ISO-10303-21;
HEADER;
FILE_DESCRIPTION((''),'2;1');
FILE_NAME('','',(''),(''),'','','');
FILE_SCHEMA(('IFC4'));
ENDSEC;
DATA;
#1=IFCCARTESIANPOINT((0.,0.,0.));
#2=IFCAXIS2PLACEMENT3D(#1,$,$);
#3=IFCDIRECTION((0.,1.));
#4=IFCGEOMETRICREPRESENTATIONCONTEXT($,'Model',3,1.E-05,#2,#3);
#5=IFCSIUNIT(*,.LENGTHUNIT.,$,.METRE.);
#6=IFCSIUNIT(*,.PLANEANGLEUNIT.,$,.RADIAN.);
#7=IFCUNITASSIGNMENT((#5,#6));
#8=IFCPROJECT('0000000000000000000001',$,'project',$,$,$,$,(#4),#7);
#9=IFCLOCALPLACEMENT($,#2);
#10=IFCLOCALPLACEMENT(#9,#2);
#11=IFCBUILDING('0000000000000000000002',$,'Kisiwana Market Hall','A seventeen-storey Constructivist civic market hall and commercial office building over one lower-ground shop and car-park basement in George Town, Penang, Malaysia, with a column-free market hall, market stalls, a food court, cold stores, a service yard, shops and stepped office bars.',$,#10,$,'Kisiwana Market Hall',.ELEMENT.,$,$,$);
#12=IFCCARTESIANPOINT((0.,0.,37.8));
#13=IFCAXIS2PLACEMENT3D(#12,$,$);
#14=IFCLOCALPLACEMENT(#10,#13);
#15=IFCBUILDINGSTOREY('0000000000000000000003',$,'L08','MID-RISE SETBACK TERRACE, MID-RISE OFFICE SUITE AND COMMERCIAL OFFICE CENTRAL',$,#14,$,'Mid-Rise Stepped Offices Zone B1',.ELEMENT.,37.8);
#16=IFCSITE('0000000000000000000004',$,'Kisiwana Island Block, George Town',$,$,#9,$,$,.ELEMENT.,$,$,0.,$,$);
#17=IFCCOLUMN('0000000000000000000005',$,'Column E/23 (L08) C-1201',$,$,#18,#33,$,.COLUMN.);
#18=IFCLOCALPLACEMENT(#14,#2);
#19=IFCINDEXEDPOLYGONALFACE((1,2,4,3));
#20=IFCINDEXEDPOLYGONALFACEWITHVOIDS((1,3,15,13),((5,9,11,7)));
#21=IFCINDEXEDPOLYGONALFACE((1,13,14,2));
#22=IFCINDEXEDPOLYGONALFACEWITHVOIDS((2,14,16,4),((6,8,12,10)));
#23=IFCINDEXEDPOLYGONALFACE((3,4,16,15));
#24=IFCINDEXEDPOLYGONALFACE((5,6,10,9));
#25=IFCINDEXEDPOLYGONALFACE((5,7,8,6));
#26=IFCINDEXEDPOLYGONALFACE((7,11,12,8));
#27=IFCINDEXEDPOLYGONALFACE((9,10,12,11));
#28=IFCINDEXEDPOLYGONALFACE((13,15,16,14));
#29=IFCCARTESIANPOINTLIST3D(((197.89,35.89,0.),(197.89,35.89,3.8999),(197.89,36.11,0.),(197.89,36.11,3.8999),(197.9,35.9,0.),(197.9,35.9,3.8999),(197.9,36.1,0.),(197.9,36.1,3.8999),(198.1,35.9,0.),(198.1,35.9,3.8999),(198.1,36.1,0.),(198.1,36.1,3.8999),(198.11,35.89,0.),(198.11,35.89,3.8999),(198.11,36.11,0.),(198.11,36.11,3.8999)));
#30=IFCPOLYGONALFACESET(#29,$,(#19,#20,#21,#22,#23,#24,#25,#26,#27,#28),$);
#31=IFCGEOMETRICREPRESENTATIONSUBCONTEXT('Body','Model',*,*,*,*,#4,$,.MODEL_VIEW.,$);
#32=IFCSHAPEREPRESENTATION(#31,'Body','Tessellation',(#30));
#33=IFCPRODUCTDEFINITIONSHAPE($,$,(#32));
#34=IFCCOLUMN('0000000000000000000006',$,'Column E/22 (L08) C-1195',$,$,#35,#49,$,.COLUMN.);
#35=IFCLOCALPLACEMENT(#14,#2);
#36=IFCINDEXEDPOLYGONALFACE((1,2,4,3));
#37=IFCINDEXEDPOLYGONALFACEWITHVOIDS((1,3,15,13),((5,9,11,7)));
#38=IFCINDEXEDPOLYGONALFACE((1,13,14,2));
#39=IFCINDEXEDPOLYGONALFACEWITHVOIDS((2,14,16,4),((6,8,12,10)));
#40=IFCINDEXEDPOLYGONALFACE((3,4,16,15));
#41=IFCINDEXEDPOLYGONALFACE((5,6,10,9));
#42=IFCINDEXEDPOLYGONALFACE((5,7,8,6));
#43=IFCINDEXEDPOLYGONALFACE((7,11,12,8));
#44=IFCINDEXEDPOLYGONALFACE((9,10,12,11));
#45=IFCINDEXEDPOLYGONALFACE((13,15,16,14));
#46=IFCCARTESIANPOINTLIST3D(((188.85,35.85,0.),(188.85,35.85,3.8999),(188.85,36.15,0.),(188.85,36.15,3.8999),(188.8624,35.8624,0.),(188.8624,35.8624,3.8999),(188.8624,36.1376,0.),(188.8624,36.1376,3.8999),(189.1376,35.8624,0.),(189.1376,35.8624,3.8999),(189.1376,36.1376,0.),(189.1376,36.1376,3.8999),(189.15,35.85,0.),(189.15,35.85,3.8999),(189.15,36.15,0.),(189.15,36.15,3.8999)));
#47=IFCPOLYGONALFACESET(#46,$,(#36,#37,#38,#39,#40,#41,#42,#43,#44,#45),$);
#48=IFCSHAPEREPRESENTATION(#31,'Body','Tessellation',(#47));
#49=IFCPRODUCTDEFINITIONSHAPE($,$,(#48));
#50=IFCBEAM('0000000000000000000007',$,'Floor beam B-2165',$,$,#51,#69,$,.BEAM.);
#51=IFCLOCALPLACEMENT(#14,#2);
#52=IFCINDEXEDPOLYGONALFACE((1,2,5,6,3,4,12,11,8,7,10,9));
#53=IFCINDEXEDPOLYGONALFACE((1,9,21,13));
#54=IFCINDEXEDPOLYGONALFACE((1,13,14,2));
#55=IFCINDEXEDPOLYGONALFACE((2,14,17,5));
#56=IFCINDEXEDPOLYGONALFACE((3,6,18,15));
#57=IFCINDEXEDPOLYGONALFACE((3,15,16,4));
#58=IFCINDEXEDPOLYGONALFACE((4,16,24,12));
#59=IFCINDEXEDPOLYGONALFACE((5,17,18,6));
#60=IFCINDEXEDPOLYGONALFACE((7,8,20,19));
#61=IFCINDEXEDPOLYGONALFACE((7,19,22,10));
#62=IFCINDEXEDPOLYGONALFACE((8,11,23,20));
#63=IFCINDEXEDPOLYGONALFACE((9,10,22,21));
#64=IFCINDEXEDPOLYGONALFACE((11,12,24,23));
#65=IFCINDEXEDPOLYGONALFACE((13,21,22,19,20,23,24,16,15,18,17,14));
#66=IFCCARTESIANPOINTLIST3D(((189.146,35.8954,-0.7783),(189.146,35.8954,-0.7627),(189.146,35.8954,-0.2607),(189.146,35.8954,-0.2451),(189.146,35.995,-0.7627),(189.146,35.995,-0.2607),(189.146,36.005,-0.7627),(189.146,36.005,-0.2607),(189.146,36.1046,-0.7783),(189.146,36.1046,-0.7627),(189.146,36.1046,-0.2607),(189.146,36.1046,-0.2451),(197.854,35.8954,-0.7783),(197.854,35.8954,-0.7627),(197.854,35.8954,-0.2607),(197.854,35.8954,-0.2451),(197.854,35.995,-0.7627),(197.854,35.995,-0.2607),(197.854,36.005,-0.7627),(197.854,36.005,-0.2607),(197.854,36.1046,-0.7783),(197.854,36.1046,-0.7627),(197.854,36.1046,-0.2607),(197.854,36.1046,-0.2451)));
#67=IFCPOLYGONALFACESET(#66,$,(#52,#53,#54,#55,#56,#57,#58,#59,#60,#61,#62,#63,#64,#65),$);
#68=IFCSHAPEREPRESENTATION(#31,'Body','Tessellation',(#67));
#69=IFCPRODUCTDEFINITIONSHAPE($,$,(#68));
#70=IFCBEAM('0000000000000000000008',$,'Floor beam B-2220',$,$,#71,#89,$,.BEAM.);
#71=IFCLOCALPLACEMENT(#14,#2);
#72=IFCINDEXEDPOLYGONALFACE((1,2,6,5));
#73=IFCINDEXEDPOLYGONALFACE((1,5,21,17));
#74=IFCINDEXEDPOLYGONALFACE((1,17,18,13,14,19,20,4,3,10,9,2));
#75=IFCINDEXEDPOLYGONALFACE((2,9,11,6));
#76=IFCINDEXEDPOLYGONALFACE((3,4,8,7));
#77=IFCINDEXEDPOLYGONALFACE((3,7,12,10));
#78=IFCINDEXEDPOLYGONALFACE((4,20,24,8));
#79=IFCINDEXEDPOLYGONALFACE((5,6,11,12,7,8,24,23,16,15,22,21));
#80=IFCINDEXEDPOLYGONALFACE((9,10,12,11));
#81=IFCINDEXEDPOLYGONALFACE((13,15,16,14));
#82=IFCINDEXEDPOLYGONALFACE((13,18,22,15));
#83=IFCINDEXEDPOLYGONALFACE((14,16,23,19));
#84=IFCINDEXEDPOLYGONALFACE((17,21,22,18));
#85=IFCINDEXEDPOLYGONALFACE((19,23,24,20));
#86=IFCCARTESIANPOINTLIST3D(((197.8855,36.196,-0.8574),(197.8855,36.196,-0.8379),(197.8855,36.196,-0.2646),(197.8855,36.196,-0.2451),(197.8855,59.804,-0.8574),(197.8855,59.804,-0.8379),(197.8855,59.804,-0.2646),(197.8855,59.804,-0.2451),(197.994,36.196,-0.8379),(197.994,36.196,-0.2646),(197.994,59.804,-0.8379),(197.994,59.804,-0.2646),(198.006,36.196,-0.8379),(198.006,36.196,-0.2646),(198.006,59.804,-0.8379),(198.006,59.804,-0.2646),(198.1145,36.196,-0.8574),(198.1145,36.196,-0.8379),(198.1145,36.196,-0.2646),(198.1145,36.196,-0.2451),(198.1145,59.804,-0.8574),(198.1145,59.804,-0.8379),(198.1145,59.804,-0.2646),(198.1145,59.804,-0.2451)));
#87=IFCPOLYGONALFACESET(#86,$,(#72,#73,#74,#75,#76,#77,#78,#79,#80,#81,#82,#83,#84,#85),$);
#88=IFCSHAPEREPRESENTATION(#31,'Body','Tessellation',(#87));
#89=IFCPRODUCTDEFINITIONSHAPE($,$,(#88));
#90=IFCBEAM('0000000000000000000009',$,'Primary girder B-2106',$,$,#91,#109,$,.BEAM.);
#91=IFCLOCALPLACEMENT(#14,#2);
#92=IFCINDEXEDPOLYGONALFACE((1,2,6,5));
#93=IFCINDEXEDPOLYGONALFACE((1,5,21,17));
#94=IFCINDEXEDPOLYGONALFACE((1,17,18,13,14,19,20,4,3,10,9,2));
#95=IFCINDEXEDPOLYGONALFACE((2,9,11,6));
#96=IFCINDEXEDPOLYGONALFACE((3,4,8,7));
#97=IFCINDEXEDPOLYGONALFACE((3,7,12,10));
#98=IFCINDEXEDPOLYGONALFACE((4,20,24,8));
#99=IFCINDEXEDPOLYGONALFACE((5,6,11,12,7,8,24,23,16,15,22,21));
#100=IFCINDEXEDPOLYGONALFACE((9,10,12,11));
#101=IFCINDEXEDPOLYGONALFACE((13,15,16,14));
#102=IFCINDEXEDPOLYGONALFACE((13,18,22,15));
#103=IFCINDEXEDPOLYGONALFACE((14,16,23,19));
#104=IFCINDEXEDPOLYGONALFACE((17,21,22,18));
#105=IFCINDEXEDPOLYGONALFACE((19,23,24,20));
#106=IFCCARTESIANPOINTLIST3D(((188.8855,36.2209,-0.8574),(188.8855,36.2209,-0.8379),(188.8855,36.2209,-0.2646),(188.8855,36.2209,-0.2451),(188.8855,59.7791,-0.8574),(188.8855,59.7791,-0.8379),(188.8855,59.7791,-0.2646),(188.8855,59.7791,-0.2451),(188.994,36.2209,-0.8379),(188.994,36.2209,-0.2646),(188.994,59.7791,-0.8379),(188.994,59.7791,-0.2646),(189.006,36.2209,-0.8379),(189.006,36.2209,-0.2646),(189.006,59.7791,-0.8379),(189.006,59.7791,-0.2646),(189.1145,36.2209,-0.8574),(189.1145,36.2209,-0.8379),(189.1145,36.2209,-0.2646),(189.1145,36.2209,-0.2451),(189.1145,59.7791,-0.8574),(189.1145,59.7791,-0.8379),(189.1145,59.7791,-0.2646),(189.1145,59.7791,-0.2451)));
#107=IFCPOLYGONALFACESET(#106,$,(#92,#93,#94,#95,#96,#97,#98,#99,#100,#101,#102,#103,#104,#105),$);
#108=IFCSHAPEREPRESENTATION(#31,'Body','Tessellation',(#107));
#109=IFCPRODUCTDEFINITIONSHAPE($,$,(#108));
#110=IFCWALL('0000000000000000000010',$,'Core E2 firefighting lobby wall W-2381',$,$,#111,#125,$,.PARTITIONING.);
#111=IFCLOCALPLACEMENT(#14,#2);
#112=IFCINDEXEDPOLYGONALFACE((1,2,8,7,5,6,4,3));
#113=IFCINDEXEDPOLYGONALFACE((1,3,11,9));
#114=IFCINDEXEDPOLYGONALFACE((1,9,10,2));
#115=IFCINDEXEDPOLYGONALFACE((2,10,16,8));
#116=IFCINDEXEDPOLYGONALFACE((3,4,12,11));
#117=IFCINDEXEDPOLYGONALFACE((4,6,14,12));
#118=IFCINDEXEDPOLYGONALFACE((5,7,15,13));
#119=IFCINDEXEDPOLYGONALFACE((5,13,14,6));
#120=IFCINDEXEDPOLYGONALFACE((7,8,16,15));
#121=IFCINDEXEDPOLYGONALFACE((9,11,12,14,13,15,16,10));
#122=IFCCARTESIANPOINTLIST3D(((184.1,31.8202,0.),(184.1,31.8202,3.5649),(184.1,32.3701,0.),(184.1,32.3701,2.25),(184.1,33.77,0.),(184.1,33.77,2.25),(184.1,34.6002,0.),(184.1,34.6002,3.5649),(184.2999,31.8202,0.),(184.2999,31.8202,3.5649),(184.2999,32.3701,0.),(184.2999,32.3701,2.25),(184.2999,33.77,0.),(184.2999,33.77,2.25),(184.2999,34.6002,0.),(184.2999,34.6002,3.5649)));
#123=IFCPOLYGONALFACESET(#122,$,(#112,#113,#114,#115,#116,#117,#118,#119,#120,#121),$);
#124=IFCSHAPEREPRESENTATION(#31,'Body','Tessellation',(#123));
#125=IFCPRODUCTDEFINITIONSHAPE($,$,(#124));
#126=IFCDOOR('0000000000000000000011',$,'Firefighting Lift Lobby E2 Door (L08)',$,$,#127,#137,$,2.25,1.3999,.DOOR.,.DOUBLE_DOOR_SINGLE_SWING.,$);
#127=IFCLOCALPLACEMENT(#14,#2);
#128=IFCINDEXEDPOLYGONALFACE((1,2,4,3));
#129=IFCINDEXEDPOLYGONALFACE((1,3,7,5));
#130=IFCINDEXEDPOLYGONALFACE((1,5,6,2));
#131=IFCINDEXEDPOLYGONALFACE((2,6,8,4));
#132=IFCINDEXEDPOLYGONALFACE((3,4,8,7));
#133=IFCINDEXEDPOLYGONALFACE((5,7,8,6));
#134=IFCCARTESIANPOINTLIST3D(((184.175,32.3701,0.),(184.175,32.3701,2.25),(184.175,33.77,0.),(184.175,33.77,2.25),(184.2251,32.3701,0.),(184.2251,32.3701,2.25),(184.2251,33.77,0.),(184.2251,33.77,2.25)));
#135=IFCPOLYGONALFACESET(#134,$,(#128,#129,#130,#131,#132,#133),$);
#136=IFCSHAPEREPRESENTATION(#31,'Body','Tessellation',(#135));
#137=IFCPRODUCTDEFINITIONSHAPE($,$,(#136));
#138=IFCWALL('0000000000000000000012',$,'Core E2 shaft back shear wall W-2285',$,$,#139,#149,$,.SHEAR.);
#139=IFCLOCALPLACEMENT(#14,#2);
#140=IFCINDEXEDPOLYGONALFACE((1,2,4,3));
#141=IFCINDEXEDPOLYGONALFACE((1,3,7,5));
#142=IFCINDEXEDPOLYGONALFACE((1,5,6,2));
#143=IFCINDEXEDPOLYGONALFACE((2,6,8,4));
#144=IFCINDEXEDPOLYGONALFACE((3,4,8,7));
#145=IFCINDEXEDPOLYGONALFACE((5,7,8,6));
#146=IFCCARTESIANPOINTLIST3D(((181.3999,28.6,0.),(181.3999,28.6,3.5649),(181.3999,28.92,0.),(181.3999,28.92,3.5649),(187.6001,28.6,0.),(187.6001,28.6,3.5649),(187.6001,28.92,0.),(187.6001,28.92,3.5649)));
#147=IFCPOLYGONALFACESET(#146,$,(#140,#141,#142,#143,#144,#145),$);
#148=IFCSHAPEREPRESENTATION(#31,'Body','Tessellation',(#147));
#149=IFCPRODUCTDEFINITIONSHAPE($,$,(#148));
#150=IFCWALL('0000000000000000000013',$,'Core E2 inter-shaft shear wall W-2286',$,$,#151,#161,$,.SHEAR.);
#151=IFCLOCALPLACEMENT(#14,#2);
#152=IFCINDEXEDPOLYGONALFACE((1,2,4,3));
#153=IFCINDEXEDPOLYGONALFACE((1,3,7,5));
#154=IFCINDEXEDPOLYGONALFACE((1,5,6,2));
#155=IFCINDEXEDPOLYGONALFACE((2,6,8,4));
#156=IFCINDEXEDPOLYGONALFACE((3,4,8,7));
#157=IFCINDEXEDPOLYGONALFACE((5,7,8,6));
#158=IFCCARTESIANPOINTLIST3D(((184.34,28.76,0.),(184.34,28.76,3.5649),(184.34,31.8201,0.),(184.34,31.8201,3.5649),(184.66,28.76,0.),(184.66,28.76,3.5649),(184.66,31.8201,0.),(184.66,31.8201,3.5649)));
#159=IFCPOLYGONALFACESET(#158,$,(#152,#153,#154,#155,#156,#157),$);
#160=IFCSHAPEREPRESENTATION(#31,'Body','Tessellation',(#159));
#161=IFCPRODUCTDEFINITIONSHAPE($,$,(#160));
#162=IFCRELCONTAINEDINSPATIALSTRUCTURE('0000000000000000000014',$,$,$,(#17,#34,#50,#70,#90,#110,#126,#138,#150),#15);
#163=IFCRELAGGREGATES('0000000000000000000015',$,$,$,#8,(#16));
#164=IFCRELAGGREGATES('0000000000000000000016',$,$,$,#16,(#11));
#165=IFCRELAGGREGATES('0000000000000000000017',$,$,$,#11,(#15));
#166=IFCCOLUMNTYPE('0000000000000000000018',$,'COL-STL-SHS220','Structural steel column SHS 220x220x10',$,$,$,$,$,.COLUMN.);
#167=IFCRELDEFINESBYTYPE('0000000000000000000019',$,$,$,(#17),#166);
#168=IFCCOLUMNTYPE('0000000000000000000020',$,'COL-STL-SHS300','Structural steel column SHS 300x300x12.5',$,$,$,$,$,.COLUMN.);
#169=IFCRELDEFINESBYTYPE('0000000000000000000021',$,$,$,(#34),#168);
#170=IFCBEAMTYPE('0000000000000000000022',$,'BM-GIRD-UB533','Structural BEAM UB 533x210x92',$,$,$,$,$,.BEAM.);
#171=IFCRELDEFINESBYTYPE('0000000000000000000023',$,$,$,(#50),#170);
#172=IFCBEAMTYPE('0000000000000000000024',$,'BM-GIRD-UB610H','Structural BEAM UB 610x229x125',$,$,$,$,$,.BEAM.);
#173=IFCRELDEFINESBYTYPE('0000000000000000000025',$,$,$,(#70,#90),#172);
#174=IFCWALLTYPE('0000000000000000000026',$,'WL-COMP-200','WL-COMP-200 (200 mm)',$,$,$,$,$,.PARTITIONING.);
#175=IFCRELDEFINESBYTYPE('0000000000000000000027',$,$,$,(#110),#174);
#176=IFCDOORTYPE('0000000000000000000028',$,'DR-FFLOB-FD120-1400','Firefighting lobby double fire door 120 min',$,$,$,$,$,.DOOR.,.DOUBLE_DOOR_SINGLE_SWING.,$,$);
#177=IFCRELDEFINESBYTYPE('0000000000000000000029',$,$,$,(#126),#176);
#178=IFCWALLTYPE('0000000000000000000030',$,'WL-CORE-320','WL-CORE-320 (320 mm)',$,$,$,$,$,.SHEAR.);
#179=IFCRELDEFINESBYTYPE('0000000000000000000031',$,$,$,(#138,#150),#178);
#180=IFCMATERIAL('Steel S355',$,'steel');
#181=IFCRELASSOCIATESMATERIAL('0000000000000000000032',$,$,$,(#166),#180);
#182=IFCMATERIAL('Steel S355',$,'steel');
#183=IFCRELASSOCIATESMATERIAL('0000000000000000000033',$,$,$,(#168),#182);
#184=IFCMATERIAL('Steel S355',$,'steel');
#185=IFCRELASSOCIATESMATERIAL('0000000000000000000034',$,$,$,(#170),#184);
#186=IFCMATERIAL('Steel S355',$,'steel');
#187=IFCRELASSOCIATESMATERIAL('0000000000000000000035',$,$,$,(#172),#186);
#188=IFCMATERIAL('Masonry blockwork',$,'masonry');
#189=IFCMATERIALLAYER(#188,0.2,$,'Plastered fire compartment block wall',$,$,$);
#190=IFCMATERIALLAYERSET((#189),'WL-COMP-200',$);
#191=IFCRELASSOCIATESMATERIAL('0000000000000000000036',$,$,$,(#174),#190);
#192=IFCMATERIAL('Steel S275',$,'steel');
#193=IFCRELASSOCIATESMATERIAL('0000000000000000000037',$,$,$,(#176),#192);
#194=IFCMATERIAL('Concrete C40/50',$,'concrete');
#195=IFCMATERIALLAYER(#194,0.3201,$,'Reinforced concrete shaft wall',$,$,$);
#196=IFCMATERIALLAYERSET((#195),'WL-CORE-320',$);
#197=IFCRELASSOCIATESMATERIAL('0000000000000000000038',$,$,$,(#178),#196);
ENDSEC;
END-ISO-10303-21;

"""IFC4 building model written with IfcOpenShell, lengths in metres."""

from ifc_helpers import new_model, si_unit, direction, frame, frame_2d, origin, origin_2d, place, context, subcontext, project, spatial, rectangle, hollow_rectangle, i_section, extrude, material, layer, layer_set, material_profile, profile_set, type_object, element, fill, save


model = new_model("IFC4")

# Units and contexts
model_context = context("Model", 3, precision=1e-05, world=origin(), true_north=direction((0.0, 1.0)))
body_context = subcontext(model_context, "Body", "Model", "MODEL_VIEW")
ifc_project = project(units=[si_unit("LENGTHUNIT", "METRE"), si_unit("PLANEANGLEUNIT", "RADIAN")], contexts=[model_context])

# Site, building, storey
site_placement = place(None, origin())
site = spatial("IfcSite", under=ifc_project, at=site_placement, Name="Kisiwana Island Block, George Town", CompositionType="ELEMENT", RefElevation=0.0)
building_placement = place(site_placement, origin())
building = spatial("IfcBuilding", under=site, at=building_placement, Name="Kisiwana Market Hall", Description="A seventeen-storey Constructivist civic market hall and commercial office building over one lower-ground shop and car-park basement in George Town, Penang, Malaysia, with a column-free market hall, market stalls, a food court, cold stores, a service yard, shops and stepped office bars.", LongName="Kisiwana Market Hall", CompositionType="ELEMENT")
storey_placement = place(building_placement, frame((0.0, 0.0, 37.8)))
storey = spatial("IfcBuildingStorey", under=building, at=storey_placement, Name="L08", Description="MID-RISE SETBACK TERRACE, MID-RISE OFFICE SUITE AND COMMERCIAL OFFICE CENTRAL", LongName="Mid-Rise Stepped Offices Zone B1", CompositionType="ELEMENT", Elevation=37.8)

# Columns
ifc_material_1 = material(Name="Steel S355", Category="steel")
ifc_material_profile_1 = material_profile(ifc_material_1, hollow_rectangle(XDim=0.22, YDim=0.22, WallThickness=0.01, at=origin_2d()), Name="SHS 220x220x10")
ifc_profile_set_1 = profile_set([ifc_material_profile_1], Name="Steel S355")
column_type_1 = type_object("IfcColumnType", Name="COL-STL-SHS220", Description="Structural steel column SHS 220x220x10", PredefinedType="COLUMN", material=ifc_profile_set_1)
column_1_placement = place(storey_placement, frame((198.0, 36.0, 0.0), z_axis=(0.0, 0.0, 1.0), x_axis=(1.0, 0.0, 0.0)))
element("IfcColumn", 1, at=column_1_placement, inside=storey, type_object=column_type_1, Name="Column E/23 (L08) C-1201", PredefinedType="COLUMN", context=body_context, shape_type="SweptSolid", body=[
    extrude(hollow_rectangle(XDim=0.22, YDim=0.22, WallThickness=0.01, at=origin_2d()), origin(), (0.0, 0.0, 1.0), 3.8999),
])
ifc_material_2 = material(Name="Steel S355", Category="steel")
ifc_material_profile_2 = material_profile(ifc_material_2, hollow_rectangle(XDim=0.3, YDim=0.3, WallThickness=0.0125, at=origin_2d()), Name="SHS 300x300x12.5")
ifc_profile_set_2 = profile_set([ifc_material_profile_2], Name="Steel S355")
column_type_2 = type_object("IfcColumnType", Name="COL-STL-SHS300", Description="Structural steel column SHS 300x300x12.5", PredefinedType="COLUMN", material=ifc_profile_set_2)
column_2_placement = place(storey_placement, frame((189.0, 36.0, 0.0), z_axis=(0.0, 0.0, 1.0), x_axis=(1.0, 0.0, 0.0)))
element("IfcColumn", 2, at=column_2_placement, inside=storey, type_object=column_type_2, Name="Column E/22 (L08) C-1195", PredefinedType="COLUMN", context=body_context, shape_type="SweptSolid", body=[
    extrude(hollow_rectangle(XDim=0.3, YDim=0.3, WallThickness=0.0125, at=origin_2d()), origin(), (0.0, 0.0, 1.0), 3.8999),
])

# Beams
ifc_material_3 = material(Name="Steel S355", Category="steel")
ifc_material_profile_3 = material_profile(ifc_material_3, i_section(OverallWidth=0.2092, OverallDepth=0.5332, WebThickness=0.01, FlangeThickness=0.0156, at=origin_2d()), Name="UB 533x210x92")
ifc_profile_set_3 = profile_set([ifc_material_profile_3], Name="Steel S355")
beam_type_1 = type_object("IfcBeamType", Name="BM-GIRD-UB533", Description="Structural BEAM UB 533x210x92", PredefinedType="BEAM", material=ifc_profile_set_3)
beam_1_placement = place(storey_placement, frame((189.146, 36.0, -0.5117), z_axis=(1.0, 0.0, 0.0), x_axis=(0.0, 1.0, 0.0)))
element("IfcBeam", 3, at=beam_1_placement, inside=storey, type_object=beam_type_1, Name="Floor beam B-2165", PredefinedType="BEAM", context=body_context, shape_type="SweptSolid", body=[
    extrude(i_section(OverallWidth=0.2092, OverallDepth=0.5332, WebThickness=0.01, FlangeThickness=0.0156, at=origin_2d()), origin(), (0.0, 0.0, 1.0), 8.708),
])
ifc_material_4 = material(Name="Steel S355", Category="steel")
ifc_material_profile_4 = material_profile(ifc_material_4, i_section(OverallWidth=0.229, OverallDepth=0.6123, WebThickness=0.012, FlangeThickness=0.0195, at=origin_2d()), Name="UB 610x229x125")
ifc_profile_set_4 = profile_set([ifc_material_profile_4], Name="Steel S355")
beam_type_2 = type_object("IfcBeamType", Name="BM-GIRD-UB610H", Description="Structural BEAM UB 610x229x125", PredefinedType="BEAM", material=ifc_profile_set_4)
beam_2_placement = place(storey_placement, frame((198.0, 36.196, -0.5513), z_axis=(0.0, 1.0, 0.0), x_axis=(-1.0, 0.0, 0.0)))
element("IfcBeam", 4, at=beam_2_placement, inside=storey, type_object=beam_type_2, Name="Floor beam B-2220", PredefinedType="BEAM", context=body_context, shape_type="SweptSolid", body=[
    extrude(i_section(OverallWidth=0.229, OverallDepth=0.6123, WebThickness=0.012, FlangeThickness=0.0195, at=origin_2d()), origin(), (0.0, 0.0, 1.0), 23.6079),
])
beam_3_placement = place(storey_placement, frame((189.0, 36.2209, -0.5513), z_axis=(0.0, 1.0, 0.0), x_axis=(-1.0, 0.0, 0.0)))
element("IfcBeam", 5, at=beam_3_placement, inside=storey, type_object=beam_type_2, Name="Primary girder B-2106", PredefinedType="BEAM", context=body_context, shape_type="SweptSolid", body=[
    extrude(i_section(OverallWidth=0.229, OverallDepth=0.6123, WebThickness=0.012, FlangeThickness=0.0195, at=origin_2d()), origin(), (0.0, 0.0, 1.0), 23.5581),
])

# Wall, opening, door
ifc_material_5 = material(Name="Masonry blockwork", Category="masonry")
ifc_layer_1 = layer(ifc_material_5, 0.2, Name="Plastered fire compartment block wall")
ifc_layer_set_1 = layer_set([ifc_layer_1], Name="WL-COMP-200")
wall_type_1 = type_object("IfcWallType", Name="WL-COMP-200", Description="WL-COMP-200 (200 mm)", PredefinedType="PARTITIONING", material=ifc_layer_set_1)
wall_1_placement = place(storey_placement, frame((184.2, 31.8201, 0.0), z_axis=(0.0, 0.0, 1.0), x_axis=(0.0, 1.0, 0.0)))
wall_1 = element("IfcWall", 6, at=wall_1_placement, inside=storey, type_object=wall_type_1, Name="Core E2 firefighting lobby wall W-2381", PredefinedType="PARTITIONING", context=body_context, shape_type="SweptSolid", body=[
    extrude(rectangle(XDim=2.78, YDim=0.2, at=frame_2d((1.3901, 0.0))), origin(), (0.0, 0.0, 1.0), 3.5649),
])
opening_1_placement = place(wall_1_placement, frame((0.55, 0.0, 0.0)))
opening_1 = element("IfcOpeningElement", 7, at=opening_1_placement, cuts=wall_1, PredefinedType="OPENING", context=body_context, shape_type="SweptSolid", body=[
    extrude(rectangle(XDim=1.3999, YDim=2.25, at=frame_2d((0.7, 1.125))), frame((0.0, 0.1118, 0.0), z_axis=(0.0, -1.0, 0.0), x_axis=(1.0, 0.0, 0.0)), (0.0, 0.0, 1.0), 0.2239),
])
ifc_material_6 = material(Name="Steel S275", Category="steel")
door_type_1 = type_object("IfcDoorType", Name="DR-FFLOB-FD120-1400", Description="Firefighting lobby double fire door 120 min", OperationType="DOUBLE_DOOR_SINGLE_SWING", PredefinedType="DOOR", material=ifc_material_6)
door_1_placement = place(opening_1_placement, origin())
door_1 = element("IfcDoor", 8, at=door_1_placement, inside=storey, type_object=door_type_1, Name="Firefighting Lift Lobby E2 Door (L08)", OperationType="DOUBLE_DOOR_SINGLE_SWING", OverallHeight=2.25, OverallWidth=1.3999, PredefinedType="DOOR", context=body_context, shape_type="SweptSolid", body=[
    extrude(rectangle(XDim=1.3999, YDim=2.25, at=frame_2d((0.7, 1.125))), frame((0.0, 0.0249, 0.0), z_axis=(0.0, -1.0, 0.0), x_axis=(1.0, 0.0, 0.0)), (0.0, 0.0, 1.0), 0.05),
])
fill(opening_1, door_1)

# Walls
ifc_material_7 = material(Name="Concrete C40/50", Category="concrete")
ifc_layer_2 = layer(ifc_material_7, 0.3201, Name="Reinforced concrete shaft wall")
ifc_layer_set_2 = layer_set([ifc_layer_2], Name="WL-CORE-320")
wall_type_2 = type_object("IfcWallType", Name="WL-CORE-320", Description="WL-CORE-320 (320 mm)", PredefinedType="SHEAR", material=ifc_layer_set_2)
wall_2_placement = place(storey_placement, frame((181.3999, 28.76, 0.0), z_axis=(0.0, 0.0, 1.0), x_axis=(1.0, 0.0, 0.0)))
element("IfcWall", 9, at=wall_2_placement, inside=storey, type_object=wall_type_2, Name="Core E2 shaft back shear wall W-2285", PredefinedType="SHEAR", context=body_context, shape_type="SweptSolid", body=[
    extrude(rectangle(XDim=6.2002, YDim=0.3201, at=frame_2d((3.1001, 0.0))), origin(), (0.0, 0.0, 1.0), 3.5649),
])
wall_3_placement = place(storey_placement, frame((184.5, 28.76, 0.0), z_axis=(0.0, 0.0, 1.0), x_axis=(0.0, 1.0, 0.0)))
element("IfcWall", 10, at=wall_3_placement, inside=storey, type_object=wall_type_2, Name="Core E2 inter-shaft shear wall W-2286", PredefinedType="SHEAR", context=body_context, shape_type="SweptSolid", body=[
    extrude(rectangle(XDim=3.0601, YDim=0.3201, at=frame_2d((1.53, 0.0))), origin(), (0.0, 0.0, 1.0), 3.5649),
])

save(model, "model.ifc")
